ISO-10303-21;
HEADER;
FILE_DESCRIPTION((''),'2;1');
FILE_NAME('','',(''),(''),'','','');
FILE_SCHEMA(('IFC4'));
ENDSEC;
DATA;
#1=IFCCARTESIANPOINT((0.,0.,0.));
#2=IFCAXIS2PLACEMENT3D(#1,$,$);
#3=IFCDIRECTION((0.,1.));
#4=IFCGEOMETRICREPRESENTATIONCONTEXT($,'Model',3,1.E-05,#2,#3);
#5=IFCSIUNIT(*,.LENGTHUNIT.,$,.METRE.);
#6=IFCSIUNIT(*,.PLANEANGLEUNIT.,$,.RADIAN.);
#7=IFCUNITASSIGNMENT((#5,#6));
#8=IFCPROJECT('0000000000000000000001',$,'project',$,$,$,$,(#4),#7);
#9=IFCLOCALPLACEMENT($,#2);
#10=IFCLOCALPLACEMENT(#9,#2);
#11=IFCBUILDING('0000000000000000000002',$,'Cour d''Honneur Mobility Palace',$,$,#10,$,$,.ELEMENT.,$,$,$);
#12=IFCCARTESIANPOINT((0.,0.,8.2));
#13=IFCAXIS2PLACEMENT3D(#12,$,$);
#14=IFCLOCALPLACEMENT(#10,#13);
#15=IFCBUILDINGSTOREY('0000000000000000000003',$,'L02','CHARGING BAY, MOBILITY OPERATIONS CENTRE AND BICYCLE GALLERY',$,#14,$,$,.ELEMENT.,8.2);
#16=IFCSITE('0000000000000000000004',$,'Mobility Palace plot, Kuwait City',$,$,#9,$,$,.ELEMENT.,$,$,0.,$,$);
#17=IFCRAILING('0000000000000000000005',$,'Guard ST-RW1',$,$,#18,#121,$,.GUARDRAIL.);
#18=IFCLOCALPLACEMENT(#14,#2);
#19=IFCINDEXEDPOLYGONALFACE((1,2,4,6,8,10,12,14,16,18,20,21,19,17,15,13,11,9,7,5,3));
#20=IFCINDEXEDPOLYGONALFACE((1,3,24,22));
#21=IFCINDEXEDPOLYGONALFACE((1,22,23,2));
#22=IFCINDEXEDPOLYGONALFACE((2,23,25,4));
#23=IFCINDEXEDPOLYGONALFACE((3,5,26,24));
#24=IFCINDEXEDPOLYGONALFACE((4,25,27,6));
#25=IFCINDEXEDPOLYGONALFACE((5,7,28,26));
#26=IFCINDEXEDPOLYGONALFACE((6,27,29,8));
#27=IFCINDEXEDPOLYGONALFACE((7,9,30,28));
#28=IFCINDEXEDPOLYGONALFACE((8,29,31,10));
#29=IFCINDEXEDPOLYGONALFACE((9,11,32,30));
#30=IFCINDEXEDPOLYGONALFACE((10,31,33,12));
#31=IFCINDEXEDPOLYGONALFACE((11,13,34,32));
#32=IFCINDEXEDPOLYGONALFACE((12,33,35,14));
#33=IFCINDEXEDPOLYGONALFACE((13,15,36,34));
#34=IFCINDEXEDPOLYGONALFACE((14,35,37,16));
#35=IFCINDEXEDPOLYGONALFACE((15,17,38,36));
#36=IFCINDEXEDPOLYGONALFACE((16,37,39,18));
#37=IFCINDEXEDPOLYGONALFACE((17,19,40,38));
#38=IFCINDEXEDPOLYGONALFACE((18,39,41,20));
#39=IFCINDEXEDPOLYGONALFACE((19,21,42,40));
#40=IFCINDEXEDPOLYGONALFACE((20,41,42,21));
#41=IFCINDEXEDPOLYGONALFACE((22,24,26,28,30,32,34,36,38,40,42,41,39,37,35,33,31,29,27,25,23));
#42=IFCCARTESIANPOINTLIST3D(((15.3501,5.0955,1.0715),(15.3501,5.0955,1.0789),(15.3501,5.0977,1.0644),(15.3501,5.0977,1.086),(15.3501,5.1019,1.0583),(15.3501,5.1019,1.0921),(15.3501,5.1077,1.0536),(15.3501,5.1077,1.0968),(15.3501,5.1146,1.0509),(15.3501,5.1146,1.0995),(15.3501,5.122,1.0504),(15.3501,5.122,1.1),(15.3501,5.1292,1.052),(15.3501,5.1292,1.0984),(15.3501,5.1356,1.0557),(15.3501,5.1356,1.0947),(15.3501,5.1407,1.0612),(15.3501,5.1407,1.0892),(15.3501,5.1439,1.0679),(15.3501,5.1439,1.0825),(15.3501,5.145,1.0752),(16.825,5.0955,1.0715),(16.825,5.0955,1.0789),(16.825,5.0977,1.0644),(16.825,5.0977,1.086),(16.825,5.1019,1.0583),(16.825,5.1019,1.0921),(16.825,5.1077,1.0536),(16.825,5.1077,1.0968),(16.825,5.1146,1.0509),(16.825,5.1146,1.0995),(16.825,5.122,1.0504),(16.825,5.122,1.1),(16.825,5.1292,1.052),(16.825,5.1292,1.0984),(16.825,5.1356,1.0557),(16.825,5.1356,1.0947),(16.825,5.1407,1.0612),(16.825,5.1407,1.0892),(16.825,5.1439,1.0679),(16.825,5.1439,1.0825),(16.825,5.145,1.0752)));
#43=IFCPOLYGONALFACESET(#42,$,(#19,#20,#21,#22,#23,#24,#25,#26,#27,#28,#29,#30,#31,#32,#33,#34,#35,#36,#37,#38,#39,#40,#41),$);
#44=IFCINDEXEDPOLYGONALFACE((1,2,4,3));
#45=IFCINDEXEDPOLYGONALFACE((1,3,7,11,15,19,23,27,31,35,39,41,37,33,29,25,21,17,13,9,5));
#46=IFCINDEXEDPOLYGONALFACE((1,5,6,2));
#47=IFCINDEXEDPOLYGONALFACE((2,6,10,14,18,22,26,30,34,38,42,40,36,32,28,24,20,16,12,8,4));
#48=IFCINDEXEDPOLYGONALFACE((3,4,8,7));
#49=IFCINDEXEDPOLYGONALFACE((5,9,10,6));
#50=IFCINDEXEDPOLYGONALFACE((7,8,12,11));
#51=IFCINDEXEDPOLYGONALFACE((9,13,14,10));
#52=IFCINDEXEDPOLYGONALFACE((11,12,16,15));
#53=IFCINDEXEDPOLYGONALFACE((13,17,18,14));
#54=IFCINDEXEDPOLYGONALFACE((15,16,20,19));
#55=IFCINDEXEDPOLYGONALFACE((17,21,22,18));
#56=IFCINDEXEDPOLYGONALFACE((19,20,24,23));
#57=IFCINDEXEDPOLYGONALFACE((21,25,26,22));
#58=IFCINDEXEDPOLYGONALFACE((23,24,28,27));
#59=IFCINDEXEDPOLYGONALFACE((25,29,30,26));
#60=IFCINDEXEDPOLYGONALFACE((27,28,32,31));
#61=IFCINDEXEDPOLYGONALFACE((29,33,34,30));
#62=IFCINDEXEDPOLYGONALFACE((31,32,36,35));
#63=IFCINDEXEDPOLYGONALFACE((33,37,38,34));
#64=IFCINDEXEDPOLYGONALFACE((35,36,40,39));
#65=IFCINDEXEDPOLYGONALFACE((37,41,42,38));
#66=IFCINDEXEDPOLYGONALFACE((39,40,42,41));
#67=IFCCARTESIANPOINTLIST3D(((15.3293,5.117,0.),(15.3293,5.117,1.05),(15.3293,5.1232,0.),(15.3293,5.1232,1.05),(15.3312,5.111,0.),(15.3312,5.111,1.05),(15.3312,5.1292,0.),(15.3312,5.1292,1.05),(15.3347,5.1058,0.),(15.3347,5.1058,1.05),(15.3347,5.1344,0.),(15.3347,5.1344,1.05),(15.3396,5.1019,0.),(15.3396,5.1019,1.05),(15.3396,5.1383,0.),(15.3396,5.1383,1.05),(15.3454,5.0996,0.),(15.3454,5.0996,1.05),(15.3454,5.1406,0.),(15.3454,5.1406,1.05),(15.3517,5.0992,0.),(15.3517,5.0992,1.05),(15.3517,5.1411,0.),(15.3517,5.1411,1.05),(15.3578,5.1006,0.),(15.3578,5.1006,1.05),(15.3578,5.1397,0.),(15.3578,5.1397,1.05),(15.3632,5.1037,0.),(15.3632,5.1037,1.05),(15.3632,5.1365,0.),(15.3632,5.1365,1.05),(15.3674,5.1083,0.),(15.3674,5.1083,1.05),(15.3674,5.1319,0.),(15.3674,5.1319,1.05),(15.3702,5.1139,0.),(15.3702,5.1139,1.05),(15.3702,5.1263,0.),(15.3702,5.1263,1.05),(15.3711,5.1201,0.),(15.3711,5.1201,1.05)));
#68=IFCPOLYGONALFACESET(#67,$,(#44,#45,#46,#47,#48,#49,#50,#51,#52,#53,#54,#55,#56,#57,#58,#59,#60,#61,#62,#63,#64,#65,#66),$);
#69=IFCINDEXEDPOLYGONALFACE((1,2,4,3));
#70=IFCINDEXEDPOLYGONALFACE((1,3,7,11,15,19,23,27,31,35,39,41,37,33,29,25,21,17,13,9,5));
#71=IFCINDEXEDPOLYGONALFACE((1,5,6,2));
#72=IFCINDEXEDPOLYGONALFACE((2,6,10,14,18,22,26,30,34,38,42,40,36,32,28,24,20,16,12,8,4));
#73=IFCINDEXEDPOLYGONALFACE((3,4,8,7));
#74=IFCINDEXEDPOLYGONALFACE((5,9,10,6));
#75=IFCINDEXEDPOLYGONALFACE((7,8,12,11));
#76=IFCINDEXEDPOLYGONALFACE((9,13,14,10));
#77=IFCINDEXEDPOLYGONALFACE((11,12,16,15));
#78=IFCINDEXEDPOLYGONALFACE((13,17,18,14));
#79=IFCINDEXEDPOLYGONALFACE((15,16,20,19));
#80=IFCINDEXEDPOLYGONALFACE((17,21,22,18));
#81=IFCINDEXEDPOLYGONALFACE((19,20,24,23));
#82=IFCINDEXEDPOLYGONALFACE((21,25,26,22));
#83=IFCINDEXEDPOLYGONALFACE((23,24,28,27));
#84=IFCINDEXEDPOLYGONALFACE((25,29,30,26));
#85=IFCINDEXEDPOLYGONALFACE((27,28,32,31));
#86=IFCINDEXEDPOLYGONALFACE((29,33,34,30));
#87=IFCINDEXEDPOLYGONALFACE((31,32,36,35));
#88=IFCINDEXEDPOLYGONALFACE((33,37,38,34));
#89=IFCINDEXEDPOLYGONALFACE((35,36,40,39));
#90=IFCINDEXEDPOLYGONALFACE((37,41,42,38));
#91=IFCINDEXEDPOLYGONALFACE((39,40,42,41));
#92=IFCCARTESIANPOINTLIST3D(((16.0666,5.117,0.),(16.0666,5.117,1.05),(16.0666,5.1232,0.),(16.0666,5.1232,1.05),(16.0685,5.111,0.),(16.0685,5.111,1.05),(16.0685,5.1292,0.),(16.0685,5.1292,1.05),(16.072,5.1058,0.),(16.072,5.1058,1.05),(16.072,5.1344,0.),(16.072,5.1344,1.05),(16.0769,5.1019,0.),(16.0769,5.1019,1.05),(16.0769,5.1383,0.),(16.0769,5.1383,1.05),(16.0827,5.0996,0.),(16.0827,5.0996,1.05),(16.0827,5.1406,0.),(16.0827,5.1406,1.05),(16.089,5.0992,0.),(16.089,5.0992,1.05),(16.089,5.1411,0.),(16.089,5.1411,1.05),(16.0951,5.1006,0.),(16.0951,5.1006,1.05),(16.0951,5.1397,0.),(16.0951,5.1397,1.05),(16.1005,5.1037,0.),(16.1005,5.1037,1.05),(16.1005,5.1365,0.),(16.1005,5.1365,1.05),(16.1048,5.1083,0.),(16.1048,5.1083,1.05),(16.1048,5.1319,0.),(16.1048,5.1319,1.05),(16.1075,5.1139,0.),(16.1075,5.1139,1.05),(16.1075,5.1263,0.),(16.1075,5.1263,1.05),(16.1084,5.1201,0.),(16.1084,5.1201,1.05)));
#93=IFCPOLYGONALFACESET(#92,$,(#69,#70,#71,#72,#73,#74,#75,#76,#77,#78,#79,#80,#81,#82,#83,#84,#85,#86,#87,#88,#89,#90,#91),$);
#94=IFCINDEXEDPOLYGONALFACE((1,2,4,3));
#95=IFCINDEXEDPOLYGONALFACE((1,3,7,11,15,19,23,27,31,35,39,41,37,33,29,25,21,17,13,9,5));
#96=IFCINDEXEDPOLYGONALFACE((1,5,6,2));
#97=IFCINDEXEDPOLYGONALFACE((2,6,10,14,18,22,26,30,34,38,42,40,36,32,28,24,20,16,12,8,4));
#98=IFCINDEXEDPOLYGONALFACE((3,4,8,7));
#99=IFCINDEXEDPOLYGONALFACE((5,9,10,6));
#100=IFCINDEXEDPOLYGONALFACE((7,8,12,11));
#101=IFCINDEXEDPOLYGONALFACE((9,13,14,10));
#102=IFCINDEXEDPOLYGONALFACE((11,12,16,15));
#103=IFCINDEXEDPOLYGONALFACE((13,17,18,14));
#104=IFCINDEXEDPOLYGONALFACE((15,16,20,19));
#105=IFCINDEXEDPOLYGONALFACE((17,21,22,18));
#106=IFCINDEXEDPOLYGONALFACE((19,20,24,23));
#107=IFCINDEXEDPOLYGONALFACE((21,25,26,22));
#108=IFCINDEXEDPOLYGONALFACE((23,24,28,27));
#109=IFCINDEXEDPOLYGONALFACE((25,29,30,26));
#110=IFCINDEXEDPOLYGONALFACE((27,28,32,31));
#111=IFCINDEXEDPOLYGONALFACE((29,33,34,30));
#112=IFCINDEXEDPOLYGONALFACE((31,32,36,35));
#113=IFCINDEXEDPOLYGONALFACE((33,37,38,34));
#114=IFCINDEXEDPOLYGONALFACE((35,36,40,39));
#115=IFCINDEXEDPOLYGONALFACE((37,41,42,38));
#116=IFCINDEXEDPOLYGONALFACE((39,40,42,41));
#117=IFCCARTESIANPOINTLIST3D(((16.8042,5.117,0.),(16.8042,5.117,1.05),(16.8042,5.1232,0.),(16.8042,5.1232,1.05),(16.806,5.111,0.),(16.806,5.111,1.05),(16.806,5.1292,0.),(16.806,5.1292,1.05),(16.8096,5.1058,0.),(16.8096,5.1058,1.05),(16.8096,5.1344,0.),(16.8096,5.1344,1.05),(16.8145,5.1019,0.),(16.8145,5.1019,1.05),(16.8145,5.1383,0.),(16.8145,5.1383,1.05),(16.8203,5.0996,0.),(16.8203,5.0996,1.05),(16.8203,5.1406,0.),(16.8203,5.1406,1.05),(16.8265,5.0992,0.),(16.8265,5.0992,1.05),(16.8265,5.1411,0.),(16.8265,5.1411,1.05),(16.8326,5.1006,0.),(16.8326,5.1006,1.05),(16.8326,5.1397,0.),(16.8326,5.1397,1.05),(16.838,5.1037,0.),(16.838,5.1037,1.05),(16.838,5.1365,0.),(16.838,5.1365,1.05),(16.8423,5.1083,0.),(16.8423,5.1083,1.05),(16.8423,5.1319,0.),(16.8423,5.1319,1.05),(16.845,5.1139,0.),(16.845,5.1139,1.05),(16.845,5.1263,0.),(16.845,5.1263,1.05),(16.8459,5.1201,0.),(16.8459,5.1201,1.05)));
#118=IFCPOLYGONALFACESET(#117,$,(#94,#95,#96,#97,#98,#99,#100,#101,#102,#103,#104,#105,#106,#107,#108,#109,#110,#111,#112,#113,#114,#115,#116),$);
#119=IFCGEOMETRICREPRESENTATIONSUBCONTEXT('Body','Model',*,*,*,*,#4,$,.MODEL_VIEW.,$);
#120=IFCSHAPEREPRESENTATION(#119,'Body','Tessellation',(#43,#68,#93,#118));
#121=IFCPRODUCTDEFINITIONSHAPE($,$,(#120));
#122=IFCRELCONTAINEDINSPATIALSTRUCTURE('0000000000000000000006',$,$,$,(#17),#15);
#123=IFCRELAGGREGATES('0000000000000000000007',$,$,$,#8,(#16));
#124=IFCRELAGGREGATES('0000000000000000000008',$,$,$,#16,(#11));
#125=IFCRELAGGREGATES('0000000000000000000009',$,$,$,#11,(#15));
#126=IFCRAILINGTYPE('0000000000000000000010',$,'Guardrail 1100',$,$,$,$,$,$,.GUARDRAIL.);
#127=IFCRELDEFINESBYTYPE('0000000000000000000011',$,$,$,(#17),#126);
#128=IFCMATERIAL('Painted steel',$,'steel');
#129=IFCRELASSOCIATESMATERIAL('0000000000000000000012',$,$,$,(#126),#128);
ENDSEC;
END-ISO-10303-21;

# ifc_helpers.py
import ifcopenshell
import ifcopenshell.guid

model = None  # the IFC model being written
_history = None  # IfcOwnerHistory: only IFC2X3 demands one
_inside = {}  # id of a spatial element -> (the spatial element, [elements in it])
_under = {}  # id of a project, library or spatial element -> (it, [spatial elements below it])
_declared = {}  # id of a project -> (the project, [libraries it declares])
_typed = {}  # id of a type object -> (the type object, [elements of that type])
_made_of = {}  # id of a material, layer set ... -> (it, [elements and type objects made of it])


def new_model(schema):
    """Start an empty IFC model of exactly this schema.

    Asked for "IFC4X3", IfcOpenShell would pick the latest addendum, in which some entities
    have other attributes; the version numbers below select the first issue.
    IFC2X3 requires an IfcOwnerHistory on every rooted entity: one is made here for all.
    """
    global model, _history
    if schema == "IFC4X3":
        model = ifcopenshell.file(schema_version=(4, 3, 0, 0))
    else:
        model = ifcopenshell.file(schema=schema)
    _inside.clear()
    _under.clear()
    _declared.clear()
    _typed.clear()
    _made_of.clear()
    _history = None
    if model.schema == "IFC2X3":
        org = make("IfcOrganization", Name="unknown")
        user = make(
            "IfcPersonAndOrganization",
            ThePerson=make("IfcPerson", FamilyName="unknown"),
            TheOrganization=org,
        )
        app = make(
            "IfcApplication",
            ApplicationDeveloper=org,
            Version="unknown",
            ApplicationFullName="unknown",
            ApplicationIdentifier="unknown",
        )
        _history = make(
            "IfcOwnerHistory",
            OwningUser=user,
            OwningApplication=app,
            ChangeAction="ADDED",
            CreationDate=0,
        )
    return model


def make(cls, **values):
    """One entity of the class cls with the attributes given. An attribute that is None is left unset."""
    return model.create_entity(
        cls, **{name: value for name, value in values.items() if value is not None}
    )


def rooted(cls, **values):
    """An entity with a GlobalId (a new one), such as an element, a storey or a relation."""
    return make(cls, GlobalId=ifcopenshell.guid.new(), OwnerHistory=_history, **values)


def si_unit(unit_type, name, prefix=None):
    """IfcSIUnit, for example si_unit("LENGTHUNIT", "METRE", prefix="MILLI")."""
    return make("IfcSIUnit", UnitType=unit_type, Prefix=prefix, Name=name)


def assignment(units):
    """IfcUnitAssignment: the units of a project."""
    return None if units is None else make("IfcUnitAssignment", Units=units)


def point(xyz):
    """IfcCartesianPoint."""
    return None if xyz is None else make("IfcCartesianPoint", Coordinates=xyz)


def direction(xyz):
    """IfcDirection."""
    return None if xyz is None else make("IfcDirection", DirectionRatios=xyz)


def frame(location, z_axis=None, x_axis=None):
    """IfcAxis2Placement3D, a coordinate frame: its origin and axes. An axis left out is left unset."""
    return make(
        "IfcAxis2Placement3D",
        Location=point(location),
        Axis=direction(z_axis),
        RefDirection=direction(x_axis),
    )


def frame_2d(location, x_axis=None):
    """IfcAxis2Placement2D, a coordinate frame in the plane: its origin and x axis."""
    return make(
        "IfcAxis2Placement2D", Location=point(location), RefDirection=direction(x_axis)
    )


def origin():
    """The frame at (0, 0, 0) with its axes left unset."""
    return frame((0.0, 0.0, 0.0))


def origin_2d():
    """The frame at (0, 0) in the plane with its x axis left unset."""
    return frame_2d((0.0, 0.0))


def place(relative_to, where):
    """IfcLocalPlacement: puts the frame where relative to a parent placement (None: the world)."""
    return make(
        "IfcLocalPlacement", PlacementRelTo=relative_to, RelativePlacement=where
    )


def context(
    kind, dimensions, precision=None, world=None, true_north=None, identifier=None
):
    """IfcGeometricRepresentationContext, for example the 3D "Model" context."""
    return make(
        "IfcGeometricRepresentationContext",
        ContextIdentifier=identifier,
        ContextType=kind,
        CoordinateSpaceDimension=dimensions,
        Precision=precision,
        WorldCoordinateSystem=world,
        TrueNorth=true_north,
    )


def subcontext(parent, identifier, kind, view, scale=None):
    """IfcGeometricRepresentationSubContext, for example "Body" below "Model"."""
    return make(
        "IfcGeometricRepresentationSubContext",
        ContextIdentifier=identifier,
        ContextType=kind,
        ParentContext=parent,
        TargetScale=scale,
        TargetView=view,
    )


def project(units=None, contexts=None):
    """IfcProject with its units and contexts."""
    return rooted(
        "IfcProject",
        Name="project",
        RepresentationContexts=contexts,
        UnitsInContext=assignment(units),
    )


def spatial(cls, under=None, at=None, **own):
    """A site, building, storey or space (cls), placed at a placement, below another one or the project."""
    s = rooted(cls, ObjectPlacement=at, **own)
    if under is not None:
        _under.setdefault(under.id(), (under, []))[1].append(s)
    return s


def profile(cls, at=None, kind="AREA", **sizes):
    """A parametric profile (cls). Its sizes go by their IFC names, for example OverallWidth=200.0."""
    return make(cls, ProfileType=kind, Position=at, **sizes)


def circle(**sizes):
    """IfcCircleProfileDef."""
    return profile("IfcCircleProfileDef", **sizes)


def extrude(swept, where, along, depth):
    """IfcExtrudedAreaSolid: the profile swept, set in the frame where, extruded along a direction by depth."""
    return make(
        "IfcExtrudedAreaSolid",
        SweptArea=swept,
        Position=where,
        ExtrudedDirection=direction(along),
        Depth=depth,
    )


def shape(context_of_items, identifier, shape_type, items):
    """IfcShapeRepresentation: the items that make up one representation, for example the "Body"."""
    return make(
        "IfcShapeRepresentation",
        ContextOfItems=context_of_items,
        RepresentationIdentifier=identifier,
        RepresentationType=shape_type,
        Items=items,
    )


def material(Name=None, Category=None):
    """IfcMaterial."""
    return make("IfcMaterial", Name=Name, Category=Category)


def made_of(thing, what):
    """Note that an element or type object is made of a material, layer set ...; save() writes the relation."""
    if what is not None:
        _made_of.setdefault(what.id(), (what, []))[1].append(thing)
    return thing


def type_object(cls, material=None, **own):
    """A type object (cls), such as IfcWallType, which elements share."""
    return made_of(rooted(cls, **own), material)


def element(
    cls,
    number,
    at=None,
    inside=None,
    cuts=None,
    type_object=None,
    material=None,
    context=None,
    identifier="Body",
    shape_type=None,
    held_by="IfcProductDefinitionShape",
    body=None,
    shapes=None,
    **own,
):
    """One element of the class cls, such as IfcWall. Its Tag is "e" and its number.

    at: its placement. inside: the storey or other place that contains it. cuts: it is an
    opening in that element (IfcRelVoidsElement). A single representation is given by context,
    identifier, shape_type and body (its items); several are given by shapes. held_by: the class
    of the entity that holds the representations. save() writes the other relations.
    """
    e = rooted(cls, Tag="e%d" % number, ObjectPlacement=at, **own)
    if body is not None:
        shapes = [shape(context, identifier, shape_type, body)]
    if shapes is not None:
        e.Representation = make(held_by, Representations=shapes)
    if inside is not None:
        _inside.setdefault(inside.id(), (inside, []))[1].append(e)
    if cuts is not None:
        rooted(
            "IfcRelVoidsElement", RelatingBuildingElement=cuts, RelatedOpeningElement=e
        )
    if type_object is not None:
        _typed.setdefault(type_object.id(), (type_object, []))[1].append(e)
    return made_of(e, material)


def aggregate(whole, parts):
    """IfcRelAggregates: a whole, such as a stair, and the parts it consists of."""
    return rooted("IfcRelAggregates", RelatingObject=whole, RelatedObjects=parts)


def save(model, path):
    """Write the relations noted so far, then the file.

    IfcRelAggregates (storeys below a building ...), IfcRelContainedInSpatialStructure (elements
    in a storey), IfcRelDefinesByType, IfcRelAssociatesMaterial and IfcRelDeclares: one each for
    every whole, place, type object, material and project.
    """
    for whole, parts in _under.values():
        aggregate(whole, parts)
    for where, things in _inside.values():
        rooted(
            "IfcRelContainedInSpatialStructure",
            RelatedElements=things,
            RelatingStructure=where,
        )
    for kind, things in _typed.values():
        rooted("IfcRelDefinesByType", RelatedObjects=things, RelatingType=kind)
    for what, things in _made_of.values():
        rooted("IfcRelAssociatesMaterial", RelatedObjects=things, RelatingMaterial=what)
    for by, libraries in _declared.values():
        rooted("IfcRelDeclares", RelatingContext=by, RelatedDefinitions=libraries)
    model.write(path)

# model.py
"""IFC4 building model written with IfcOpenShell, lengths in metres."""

from ifc_helpers import new_model, si_unit, direction, frame, origin, origin_2d, place, context, subcontext, project, spatial, circle, extrude, material, type_object, element, save


model = new_model("IFC4")

# Units and contexts
model_context = context("Model", 3, precision=1e-05, world=origin(), true_north=direction((0.0, 1.0)))
body_context = subcontext(model_context, "Body", "Model", "MODEL_VIEW")
ifc_project = project(units=[si_unit("LENGTHUNIT", "METRE"), si_unit("PLANEANGLEUNIT", "RADIAN")], contexts=[model_context])

# Site, building, storey
site_placement = place(None, origin())
site = spatial("IfcSite", under=ifc_project, at=site_placement, Name="Mobility Palace plot, Kuwait City", CompositionType="ELEMENT", RefElevation=0.0)
building_placement = place(site_placement, origin())
building = spatial("IfcBuilding", under=site, at=building_placement, Name="Cour d'Honneur Mobility Palace", CompositionType="ELEMENT")
storey_placement = place(building_placement, frame((0.0, 0.0, 8.2)))
storey = spatial("IfcBuildingStorey", under=building, at=storey_placement, Name="L02", Description="CHARGING BAY, MOBILITY OPERATIONS CENTRE AND BICYCLE GALLERY", CompositionType="ELEMENT", Elevation=8.2)

# Railing
ifc_material_1 = material(Name="Painted steel", Category="steel")
railing_type_1 = type_object("IfcRailingType", Name="Guardrail 1100", PredefinedType="GUARDRAIL", material=ifc_material_1)
railing_1_placement = place(storey_placement, frame((15.3501, 5.1201, 0.0)))
element("IfcRailing", 1, at=railing_1_placement, inside=storey, type_object=railing_type_1, Name="Guard ST-RW1", PredefinedType="GUARDRAIL", context=body_context, shape_type="SweptSolid", body=[
    extrude(circle(Radius=0.0249, at=origin_2d()), frame((0.0, 0.0, 1.0752), z_axis=(1.0, 0.0, 0.0), x_axis=(0.0, 1.0, 0.0)), (0.0, 0.0, 1.0), 1.4749),
    extrude(circle(Radius=0.021, at=origin_2d()), origin(), (0.0, 0.0, 1.0), 1.05),
    extrude(circle(Radius=0.021, at=origin_2d()), frame((0.7373, 0.0, 0.0)), (0.0, 0.0, 1.0), 1.05),
    extrude(circle(Radius=0.021, at=origin_2d()), frame((1.4749, 0.0, 0.0)), (0.0, 0.0, 1.0), 1.05),
])

save(model, "model.ifc")
